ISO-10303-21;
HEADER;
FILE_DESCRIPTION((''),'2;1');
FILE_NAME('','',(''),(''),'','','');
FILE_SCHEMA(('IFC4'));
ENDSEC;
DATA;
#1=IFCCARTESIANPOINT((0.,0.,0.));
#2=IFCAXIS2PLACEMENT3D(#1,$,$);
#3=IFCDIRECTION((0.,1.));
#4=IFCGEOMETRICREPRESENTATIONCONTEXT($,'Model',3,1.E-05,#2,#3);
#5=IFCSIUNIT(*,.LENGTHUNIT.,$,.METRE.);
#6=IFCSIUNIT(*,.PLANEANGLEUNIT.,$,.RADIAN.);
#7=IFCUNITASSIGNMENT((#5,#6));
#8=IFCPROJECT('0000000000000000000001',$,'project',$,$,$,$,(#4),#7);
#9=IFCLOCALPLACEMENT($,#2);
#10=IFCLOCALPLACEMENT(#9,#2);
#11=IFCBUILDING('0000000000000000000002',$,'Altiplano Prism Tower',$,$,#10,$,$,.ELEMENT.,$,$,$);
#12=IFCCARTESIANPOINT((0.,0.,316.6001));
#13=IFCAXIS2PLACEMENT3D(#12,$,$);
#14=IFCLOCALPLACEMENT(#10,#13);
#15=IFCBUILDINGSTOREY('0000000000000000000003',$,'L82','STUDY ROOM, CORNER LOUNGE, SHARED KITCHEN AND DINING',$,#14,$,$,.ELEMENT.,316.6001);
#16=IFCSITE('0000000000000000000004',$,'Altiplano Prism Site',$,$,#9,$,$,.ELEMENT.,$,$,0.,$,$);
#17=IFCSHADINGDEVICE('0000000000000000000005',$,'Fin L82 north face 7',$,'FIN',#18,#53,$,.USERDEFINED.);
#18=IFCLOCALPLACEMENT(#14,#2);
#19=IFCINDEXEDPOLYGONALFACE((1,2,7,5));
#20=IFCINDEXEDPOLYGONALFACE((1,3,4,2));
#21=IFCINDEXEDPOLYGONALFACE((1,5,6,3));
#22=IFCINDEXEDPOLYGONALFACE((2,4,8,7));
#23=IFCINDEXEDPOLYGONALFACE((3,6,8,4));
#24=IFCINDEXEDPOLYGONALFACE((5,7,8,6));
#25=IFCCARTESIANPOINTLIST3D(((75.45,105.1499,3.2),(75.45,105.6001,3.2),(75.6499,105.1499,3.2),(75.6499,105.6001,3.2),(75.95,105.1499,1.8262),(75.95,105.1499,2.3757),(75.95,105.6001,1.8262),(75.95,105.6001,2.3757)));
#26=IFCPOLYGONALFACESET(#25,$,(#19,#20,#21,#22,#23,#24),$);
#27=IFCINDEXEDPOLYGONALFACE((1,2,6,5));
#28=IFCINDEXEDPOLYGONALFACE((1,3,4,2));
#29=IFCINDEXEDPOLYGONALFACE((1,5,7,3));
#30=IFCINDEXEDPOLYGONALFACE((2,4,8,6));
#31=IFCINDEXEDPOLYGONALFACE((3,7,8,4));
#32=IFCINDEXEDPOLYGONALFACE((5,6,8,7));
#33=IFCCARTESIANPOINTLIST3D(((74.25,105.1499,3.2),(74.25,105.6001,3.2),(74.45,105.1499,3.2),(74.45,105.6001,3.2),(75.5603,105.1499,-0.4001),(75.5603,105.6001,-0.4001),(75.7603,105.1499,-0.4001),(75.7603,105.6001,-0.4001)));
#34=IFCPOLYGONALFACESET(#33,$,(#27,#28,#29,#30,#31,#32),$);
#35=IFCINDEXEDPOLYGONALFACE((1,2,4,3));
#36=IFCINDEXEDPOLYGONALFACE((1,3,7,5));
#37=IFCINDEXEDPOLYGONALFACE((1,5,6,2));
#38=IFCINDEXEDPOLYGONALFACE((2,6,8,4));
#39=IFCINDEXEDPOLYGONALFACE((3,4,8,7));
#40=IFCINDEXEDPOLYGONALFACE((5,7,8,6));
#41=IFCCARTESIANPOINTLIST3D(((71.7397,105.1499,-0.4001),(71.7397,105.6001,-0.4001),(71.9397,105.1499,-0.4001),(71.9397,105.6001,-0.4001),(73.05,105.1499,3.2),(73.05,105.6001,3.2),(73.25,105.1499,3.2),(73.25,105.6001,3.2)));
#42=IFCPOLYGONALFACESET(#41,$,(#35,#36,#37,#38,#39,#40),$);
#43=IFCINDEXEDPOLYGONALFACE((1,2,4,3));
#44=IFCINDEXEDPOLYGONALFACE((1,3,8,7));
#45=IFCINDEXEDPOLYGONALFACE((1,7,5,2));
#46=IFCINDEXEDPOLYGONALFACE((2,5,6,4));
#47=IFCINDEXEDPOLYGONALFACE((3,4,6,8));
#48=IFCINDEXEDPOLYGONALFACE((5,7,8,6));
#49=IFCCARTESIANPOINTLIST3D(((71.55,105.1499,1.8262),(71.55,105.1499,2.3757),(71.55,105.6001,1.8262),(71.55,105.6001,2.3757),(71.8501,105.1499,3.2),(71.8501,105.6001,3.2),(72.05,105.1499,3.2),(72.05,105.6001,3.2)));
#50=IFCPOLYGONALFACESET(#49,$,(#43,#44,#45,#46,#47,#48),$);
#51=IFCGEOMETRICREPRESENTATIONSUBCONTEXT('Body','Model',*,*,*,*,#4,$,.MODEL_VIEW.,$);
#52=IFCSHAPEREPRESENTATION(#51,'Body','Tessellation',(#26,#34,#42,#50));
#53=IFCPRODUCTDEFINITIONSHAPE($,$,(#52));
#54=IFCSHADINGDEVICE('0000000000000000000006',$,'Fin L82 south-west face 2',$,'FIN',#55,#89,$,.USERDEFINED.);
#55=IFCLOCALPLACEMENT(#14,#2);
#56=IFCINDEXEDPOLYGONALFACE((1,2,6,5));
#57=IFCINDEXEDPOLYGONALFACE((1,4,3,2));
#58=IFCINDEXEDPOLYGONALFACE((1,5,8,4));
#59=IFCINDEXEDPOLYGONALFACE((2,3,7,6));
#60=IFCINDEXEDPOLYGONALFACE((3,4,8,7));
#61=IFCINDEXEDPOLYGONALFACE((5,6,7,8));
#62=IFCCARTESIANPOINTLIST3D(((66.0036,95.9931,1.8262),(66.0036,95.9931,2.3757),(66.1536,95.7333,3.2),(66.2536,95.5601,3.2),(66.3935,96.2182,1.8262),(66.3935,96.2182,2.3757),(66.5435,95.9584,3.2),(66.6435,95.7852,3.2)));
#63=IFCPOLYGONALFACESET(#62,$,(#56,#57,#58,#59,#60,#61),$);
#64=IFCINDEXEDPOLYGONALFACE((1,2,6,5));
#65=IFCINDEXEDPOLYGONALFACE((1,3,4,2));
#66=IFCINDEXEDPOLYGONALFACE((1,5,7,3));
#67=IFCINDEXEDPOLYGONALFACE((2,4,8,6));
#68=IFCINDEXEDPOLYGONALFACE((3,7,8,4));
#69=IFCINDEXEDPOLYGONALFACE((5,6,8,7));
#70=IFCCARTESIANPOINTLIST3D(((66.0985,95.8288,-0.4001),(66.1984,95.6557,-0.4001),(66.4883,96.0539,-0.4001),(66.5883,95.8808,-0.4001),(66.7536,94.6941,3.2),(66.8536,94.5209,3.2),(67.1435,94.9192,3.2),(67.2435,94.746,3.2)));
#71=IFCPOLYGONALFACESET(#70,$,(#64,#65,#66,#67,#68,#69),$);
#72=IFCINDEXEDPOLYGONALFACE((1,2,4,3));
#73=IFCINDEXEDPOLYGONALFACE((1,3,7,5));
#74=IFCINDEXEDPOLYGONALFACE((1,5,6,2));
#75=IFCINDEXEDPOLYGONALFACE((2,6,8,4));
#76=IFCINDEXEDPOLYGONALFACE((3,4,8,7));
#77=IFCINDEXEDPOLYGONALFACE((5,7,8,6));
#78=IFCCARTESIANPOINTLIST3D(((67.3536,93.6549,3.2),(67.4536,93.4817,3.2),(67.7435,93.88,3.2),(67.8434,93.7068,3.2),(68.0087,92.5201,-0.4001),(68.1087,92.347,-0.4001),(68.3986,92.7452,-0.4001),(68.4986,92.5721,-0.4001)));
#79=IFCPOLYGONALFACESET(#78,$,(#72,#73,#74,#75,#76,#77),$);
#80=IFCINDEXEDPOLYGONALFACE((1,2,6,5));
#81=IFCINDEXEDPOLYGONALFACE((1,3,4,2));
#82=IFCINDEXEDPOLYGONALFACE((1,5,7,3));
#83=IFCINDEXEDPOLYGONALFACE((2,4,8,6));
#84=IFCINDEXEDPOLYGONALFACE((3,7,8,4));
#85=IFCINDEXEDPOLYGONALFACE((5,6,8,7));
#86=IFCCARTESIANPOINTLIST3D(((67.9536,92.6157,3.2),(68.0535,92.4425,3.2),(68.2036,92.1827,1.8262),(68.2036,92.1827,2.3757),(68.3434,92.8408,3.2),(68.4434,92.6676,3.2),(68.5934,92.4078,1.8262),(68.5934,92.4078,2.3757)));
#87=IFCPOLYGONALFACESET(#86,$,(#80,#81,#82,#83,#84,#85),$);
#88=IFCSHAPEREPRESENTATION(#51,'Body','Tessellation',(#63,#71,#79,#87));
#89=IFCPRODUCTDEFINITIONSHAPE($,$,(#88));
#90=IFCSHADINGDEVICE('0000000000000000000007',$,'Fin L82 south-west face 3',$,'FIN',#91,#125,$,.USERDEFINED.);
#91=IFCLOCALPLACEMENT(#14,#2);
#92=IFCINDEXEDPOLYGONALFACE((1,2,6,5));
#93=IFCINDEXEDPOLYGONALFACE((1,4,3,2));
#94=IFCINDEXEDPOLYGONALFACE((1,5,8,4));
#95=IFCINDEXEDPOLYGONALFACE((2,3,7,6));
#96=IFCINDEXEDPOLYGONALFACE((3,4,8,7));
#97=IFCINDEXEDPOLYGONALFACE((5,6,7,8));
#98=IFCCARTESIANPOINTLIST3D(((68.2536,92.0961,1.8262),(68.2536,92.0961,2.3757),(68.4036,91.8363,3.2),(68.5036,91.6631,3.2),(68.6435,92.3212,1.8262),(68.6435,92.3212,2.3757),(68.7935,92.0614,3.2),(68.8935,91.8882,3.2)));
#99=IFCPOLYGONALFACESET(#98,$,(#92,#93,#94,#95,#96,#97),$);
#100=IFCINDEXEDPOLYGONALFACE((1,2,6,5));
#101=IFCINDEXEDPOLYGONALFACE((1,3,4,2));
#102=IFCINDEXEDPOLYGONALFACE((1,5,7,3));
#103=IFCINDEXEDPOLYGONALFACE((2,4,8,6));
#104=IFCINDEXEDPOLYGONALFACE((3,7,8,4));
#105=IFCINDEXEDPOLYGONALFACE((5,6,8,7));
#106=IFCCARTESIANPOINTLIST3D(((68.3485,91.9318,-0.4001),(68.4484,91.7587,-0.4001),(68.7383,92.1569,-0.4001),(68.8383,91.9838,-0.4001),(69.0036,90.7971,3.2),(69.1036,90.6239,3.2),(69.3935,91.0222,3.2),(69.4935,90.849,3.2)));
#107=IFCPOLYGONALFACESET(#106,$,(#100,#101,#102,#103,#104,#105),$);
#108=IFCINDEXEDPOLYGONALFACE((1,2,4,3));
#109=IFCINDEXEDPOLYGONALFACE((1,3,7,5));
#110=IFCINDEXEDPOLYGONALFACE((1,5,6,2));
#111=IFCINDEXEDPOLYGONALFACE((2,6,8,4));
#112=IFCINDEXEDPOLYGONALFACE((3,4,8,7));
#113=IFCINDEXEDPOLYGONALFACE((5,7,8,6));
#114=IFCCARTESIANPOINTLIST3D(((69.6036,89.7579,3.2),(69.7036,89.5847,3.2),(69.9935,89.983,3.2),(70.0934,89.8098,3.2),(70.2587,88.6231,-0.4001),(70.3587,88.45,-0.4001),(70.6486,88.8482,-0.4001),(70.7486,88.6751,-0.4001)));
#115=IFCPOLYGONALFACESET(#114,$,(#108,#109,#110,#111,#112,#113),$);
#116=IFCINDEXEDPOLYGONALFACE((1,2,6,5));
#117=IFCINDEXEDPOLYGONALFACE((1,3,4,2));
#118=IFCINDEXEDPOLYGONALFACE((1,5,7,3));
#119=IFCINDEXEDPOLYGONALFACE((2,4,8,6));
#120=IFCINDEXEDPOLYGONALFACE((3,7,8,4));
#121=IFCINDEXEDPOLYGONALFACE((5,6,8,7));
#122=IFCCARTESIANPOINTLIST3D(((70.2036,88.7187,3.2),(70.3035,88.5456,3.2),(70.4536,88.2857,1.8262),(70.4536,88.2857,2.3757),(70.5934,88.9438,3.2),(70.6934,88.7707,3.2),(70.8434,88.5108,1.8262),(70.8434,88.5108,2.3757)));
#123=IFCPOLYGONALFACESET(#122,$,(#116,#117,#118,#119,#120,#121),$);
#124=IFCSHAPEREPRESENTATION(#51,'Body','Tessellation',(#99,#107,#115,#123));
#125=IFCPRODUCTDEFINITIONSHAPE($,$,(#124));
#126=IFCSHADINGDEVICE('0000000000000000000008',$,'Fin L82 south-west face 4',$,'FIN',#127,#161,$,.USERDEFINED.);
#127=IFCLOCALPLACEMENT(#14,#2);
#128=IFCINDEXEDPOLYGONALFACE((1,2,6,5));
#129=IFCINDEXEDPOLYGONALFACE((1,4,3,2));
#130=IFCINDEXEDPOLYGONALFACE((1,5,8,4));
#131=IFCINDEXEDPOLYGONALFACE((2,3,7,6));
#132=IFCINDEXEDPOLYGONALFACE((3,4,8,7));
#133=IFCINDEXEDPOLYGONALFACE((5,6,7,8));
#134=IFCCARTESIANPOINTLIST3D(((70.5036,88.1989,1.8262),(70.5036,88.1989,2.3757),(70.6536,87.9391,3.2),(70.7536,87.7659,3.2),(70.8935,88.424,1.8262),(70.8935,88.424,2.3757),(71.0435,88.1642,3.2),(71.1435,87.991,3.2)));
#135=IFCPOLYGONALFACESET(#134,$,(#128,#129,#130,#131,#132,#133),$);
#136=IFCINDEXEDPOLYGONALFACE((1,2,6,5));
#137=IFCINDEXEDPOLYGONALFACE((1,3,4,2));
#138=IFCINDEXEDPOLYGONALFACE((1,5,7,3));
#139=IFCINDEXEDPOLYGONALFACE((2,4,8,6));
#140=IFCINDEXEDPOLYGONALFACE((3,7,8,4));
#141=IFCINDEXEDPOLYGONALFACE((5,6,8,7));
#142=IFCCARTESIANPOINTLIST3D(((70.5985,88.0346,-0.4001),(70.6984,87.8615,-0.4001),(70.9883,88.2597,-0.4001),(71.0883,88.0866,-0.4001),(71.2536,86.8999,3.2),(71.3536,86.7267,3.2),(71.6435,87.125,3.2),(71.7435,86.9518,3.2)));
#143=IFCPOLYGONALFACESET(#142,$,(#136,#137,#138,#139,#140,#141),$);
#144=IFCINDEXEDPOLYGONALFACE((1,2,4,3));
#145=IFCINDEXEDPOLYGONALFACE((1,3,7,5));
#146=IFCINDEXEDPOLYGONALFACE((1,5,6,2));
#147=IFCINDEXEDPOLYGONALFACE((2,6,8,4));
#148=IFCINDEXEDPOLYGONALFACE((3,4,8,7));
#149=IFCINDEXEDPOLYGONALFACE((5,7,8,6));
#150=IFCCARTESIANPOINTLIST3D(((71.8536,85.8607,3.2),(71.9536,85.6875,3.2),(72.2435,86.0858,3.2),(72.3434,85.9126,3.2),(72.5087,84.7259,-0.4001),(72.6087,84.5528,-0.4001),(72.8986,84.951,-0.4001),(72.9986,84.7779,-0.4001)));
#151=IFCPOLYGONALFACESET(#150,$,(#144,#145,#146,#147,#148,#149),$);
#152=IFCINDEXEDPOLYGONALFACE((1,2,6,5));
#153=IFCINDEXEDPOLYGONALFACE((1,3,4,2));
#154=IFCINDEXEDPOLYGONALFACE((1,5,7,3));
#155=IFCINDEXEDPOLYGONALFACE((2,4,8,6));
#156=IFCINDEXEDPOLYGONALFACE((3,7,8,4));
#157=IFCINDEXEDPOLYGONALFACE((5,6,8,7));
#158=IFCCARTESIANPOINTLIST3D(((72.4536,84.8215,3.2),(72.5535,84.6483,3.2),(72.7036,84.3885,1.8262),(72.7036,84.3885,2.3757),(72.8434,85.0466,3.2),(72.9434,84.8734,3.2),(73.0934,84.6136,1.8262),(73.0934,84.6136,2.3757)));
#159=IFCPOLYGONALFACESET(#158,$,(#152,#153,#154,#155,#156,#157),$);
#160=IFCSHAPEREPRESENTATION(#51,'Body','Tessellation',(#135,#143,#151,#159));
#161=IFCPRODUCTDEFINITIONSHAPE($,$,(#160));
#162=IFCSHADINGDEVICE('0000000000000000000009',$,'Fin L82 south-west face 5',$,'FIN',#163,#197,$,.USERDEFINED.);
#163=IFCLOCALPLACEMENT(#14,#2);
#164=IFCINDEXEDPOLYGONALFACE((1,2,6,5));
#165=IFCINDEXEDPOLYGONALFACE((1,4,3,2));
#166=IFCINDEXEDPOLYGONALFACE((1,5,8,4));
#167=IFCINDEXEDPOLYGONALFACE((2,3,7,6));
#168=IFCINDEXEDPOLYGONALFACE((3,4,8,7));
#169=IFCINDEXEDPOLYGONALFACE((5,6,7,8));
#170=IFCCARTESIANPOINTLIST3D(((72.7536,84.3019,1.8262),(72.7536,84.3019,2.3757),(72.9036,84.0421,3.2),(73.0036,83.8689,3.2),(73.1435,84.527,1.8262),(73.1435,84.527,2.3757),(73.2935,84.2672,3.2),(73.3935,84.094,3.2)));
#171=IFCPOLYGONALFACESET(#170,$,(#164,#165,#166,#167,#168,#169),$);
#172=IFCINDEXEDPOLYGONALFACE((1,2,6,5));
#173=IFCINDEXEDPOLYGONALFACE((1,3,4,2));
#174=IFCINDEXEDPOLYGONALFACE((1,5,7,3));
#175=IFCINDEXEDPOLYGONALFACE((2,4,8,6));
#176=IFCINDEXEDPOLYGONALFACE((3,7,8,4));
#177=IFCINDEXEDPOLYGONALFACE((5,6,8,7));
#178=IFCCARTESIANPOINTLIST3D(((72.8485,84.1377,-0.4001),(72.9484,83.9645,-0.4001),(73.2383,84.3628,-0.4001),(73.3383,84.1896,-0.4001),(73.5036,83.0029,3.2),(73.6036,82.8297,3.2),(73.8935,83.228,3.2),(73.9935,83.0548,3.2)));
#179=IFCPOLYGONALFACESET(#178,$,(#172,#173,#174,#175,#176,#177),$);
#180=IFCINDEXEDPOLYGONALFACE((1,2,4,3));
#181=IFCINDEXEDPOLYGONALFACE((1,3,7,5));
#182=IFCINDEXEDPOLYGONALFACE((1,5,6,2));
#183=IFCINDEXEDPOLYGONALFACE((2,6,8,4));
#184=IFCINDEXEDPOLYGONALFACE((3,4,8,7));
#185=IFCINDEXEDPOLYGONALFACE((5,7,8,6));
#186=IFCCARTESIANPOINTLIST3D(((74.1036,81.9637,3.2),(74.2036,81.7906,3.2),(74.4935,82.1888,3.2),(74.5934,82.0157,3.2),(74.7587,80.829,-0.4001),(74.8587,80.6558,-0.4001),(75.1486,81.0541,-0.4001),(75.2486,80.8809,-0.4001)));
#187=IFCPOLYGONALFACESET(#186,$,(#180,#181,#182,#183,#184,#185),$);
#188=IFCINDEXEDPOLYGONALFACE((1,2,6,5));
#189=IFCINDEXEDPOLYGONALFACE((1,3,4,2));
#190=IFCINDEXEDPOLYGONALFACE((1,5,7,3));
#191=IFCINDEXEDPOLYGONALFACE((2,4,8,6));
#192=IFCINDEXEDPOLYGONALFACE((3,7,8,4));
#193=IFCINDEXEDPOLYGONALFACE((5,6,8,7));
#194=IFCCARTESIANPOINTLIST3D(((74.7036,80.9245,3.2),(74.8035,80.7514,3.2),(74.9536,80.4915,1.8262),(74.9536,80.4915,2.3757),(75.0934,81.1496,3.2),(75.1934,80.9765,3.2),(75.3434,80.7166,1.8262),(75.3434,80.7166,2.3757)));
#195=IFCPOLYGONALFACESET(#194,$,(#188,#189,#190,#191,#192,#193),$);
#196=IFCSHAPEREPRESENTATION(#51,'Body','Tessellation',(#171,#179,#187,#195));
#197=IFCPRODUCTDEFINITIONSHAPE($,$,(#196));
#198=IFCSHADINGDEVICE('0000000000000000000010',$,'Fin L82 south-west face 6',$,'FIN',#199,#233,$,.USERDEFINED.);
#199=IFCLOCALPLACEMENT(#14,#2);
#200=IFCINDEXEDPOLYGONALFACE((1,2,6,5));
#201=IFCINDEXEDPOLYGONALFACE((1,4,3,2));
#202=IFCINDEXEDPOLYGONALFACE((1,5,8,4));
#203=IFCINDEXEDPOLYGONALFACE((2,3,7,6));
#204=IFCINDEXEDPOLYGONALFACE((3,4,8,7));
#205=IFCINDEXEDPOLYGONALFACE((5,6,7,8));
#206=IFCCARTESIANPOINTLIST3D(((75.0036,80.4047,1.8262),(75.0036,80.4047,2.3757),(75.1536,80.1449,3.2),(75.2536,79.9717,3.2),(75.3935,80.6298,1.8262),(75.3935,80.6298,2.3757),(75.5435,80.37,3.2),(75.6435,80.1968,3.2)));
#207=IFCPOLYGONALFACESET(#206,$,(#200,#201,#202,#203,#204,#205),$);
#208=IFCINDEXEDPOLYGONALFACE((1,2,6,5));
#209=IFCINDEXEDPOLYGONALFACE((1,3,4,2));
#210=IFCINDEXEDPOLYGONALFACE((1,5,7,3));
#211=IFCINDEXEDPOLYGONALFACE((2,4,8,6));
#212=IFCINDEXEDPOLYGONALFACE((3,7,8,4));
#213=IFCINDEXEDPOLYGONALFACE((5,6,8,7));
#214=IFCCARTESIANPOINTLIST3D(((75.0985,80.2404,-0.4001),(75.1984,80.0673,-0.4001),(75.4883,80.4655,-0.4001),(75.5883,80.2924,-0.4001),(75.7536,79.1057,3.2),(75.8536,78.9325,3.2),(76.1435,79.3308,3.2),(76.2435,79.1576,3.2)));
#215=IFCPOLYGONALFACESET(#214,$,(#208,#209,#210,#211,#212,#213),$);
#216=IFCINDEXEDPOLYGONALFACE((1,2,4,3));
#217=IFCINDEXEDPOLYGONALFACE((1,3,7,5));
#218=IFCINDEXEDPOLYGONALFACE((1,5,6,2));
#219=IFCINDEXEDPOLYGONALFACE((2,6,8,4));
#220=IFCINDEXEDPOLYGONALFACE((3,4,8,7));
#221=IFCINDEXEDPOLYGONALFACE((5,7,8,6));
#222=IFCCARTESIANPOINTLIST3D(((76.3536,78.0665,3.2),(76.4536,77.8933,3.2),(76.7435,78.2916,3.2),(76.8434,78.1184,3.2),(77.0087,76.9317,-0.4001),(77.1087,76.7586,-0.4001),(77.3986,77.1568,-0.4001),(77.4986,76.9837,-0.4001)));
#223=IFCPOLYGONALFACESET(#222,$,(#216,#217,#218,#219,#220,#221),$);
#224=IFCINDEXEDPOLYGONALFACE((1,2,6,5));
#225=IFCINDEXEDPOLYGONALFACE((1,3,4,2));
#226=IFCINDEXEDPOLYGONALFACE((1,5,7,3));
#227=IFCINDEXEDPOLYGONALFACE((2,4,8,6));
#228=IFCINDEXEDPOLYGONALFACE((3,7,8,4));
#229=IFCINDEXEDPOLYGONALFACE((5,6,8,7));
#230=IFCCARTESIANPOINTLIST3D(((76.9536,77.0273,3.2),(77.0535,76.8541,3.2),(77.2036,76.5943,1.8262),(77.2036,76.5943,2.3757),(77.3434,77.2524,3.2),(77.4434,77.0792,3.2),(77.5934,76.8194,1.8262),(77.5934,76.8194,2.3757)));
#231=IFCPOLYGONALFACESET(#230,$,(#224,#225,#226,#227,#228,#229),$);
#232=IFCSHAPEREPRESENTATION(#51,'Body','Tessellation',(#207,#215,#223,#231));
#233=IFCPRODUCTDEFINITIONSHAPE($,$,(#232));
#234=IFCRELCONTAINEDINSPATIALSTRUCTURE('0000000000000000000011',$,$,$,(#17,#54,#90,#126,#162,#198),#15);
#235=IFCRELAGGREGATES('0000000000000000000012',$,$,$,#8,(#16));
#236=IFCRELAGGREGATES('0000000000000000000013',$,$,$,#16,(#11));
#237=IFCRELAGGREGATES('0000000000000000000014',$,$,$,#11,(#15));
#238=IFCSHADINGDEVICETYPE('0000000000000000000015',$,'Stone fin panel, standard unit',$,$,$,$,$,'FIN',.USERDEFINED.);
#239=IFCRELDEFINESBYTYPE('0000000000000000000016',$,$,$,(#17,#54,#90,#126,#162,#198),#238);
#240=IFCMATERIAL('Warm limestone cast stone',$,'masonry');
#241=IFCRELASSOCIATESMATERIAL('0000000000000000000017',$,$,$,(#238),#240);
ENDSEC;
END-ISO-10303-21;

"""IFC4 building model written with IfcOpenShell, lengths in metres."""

from ifc_helpers import new_model, si_unit, direction, frame, origin, place, context, subcontext, project, spatial, polyline, outline, extrude, source, transform, mapped, material, type_object, element, save


model = new_model("IFC4")

# Units and contexts
model_context = context("Model", 3, precision=1e-05, world=origin(), true_north=direction((0.0, 1.0)))
body_context = subcontext(model_context, "Body", "Model", "MODEL_VIEW")
ifc_project = project(units=[si_unit("LENGTHUNIT", "METRE"), si_unit("PLANEANGLEUNIT", "RADIAN")], contexts=[model_context])

# Site, building, storey
site_placement = place(None, origin())
site = spatial("IfcSite", under=ifc_project, at=site_placement, Name="Altiplano Prism Site", CompositionType="ELEMENT", RefElevation=0.0)
building_placement = place(site_placement, origin())
building = spatial("IfcBuilding", under=site, at=building_placement, Name="Altiplano Prism Tower", CompositionType="ELEMENT")
storey_placement = place(building_placement, frame((0.0, 0.0, 316.6001)))
storey = spatial("IfcBuildingStorey", under=building, at=storey_placement, Name="L82", Description="STUDY ROOM, CORNER LOUNGE, SHARED KITCHEN AND DINING", CompositionType="ELEMENT", Elevation=316.6001)

# Shading devices
ifc_material_1 = material(Name="Warm limestone cast stone", Category="masonry")
shading_device_type_1 = type_object("IfcShadingDeviceType", Name="Stone fin panel, standard unit", ElementType="FIN", PredefinedType="USERDEFINED", material=ifc_material_1)
shared_shape_1 = source(origin(), body_context, "Body", "SweptSolid", [
    extrude(outline(polyline([(-2.2, 2.2263), (-1.7, 3.6001), (-1.8999, 3.6001), (-2.2, 2.7759), (-2.2, 2.2263)])), frame((0.0, -0.1499, 0.0), z_axis=(0.0, -1.0, 0.0), x_axis=(1.0, 0.0, 0.0)), (0.0, 0.0, 1.0), 0.4502),
    extrude(outline(polyline([(-2.0103, 0.0), (-1.8103, 0.0), (-0.5, 3.6001), (-0.7, 3.6001), (-2.0103, 0.0)])), frame((0.0, -0.1499, 0.0), z_axis=(0.0, -1.0, 0.0), x_axis=(1.0, 0.0, 0.0)), (0.0, 0.0, 1.0), 0.4502),
    extrude(outline(polyline([(1.8103, 0.0), (2.0103, 0.0), (0.7, 3.6001), (0.5, 3.6001), (1.8103, 0.0)])), frame((0.0, -0.1499, 0.0), z_axis=(0.0, -1.0, 0.0), x_axis=(1.0, 0.0, 0.0)), (0.0, 0.0, 1.0), 0.4502),
    extrude(outline(polyline([(2.2, 2.7759), (1.8999, 3.6001), (1.7, 3.6001), (2.2, 2.2263), (2.2, 2.7759)])), frame((0.0, -0.1499, 0.0), z_axis=(0.0, -1.0, 0.0), x_axis=(1.0, 0.0, 0.0)), (0.0, 0.0, 1.0), 0.4502),
])
shading_device_1_placement = place(storey_placement, origin())
element("IfcShadingDevice", 1, at=shading_device_1_placement, inside=storey, type_object=shading_device_type_1, Name="Fin L82 north face 7", ObjectType="FIN", PredefinedType="USERDEFINED", context=body_context, shape_type="MappedRepresentation", body=[
    mapped(shared_shape_1, transform((73.75, 105.0, -0.4001), x_axis=(-1.0, 0.0, 0.0), y_axis=(0.0, -1.0, 0.0), z_axis=(0.0, 0.0, 1.0))),
])
shading_device_2_placement = place(storey_placement, origin())
element("IfcShadingDevice", 2, at=shading_device_2_placement, inside=storey, type_object=shading_device_type_1, Name="Fin L82 south-west face 2", ObjectType="FIN", PredefinedType="USERDEFINED", context=body_context, shape_type="MappedRepresentation", body=[
    mapped(shared_shape_1, transform((67.6233, 94.3879, -0.4001), x_axis=(0.5, -0.866025, 0.0), y_axis=(0.866025, 0.5, 0.0), z_axis=(0.0, 0.0, 1.0))),
])
shading_device_3_placement = place(storey_placement, origin())
element("IfcShadingDevice", 3, at=shading_device_3_placement, inside=storey, type_object=shading_device_type_1, Name="Fin L82 south-west face 3", ObjectType="FIN", PredefinedType="USERDEFINED", context=body_context, shape_type="MappedRepresentation", body=[
    mapped(shared_shape_1, transform((69.8733, 90.491, -0.4001), x_axis=(0.5, -0.866025, 0.0), y_axis=(0.866025, 0.5, 0.0), z_axis=(0.0, 0.0, 1.0))),
])
shading_device_4_placement = place(storey_placement, origin())
element("IfcShadingDevice", 4, at=shading_device_4_placement, inside=storey, type_object=shading_device_type_1, Name="Fin L82 south-west face 4", ObjectType="FIN", PredefinedType="USERDEFINED", context=body_context, shape_type="MappedRepresentation", body=[
    mapped(shared_shape_1, transform((72.1233, 86.5938, -0.4001), x_axis=(0.5, -0.866025, 0.0), y_axis=(0.866025, 0.5, 0.0), z_axis=(0.0, 0.0, 1.0))),
])
shading_device_5_placement = place(storey_placement, origin())
element("IfcShadingDevice", 5, at=shading_device_5_placement, inside=storey, type_object=shading_device_type_1, Name="Fin L82 south-west face 5", ObjectType="FIN", PredefinedType="USERDEFINED", context=body_context, shape_type="MappedRepresentation", body=[
    mapped(shared_shape_1, transform((74.3733, 82.6968, -0.4001), x_axis=(0.5, -0.866025, 0.0), y_axis=(0.866025, 0.5, 0.0), z_axis=(0.0, 0.0, 1.0))),
])
shading_device_6_placement = place(storey_placement, origin())
element("IfcShadingDevice", 6, at=shading_device_6_placement, inside=storey, type_object=shading_device_type_1, Name="Fin L82 south-west face 6", ObjectType="FIN", PredefinedType="USERDEFINED", context=body_context, shape_type="MappedRepresentation", body=[
    mapped(shared_shape_1, transform((76.6233, 78.7996, -0.4001), x_axis=(0.5, -0.866025, 0.0), y_axis=(0.866025, 0.5, 0.0), z_axis=(0.0, 0.0, 1.0))),
])

save(model, "model.ifc")
